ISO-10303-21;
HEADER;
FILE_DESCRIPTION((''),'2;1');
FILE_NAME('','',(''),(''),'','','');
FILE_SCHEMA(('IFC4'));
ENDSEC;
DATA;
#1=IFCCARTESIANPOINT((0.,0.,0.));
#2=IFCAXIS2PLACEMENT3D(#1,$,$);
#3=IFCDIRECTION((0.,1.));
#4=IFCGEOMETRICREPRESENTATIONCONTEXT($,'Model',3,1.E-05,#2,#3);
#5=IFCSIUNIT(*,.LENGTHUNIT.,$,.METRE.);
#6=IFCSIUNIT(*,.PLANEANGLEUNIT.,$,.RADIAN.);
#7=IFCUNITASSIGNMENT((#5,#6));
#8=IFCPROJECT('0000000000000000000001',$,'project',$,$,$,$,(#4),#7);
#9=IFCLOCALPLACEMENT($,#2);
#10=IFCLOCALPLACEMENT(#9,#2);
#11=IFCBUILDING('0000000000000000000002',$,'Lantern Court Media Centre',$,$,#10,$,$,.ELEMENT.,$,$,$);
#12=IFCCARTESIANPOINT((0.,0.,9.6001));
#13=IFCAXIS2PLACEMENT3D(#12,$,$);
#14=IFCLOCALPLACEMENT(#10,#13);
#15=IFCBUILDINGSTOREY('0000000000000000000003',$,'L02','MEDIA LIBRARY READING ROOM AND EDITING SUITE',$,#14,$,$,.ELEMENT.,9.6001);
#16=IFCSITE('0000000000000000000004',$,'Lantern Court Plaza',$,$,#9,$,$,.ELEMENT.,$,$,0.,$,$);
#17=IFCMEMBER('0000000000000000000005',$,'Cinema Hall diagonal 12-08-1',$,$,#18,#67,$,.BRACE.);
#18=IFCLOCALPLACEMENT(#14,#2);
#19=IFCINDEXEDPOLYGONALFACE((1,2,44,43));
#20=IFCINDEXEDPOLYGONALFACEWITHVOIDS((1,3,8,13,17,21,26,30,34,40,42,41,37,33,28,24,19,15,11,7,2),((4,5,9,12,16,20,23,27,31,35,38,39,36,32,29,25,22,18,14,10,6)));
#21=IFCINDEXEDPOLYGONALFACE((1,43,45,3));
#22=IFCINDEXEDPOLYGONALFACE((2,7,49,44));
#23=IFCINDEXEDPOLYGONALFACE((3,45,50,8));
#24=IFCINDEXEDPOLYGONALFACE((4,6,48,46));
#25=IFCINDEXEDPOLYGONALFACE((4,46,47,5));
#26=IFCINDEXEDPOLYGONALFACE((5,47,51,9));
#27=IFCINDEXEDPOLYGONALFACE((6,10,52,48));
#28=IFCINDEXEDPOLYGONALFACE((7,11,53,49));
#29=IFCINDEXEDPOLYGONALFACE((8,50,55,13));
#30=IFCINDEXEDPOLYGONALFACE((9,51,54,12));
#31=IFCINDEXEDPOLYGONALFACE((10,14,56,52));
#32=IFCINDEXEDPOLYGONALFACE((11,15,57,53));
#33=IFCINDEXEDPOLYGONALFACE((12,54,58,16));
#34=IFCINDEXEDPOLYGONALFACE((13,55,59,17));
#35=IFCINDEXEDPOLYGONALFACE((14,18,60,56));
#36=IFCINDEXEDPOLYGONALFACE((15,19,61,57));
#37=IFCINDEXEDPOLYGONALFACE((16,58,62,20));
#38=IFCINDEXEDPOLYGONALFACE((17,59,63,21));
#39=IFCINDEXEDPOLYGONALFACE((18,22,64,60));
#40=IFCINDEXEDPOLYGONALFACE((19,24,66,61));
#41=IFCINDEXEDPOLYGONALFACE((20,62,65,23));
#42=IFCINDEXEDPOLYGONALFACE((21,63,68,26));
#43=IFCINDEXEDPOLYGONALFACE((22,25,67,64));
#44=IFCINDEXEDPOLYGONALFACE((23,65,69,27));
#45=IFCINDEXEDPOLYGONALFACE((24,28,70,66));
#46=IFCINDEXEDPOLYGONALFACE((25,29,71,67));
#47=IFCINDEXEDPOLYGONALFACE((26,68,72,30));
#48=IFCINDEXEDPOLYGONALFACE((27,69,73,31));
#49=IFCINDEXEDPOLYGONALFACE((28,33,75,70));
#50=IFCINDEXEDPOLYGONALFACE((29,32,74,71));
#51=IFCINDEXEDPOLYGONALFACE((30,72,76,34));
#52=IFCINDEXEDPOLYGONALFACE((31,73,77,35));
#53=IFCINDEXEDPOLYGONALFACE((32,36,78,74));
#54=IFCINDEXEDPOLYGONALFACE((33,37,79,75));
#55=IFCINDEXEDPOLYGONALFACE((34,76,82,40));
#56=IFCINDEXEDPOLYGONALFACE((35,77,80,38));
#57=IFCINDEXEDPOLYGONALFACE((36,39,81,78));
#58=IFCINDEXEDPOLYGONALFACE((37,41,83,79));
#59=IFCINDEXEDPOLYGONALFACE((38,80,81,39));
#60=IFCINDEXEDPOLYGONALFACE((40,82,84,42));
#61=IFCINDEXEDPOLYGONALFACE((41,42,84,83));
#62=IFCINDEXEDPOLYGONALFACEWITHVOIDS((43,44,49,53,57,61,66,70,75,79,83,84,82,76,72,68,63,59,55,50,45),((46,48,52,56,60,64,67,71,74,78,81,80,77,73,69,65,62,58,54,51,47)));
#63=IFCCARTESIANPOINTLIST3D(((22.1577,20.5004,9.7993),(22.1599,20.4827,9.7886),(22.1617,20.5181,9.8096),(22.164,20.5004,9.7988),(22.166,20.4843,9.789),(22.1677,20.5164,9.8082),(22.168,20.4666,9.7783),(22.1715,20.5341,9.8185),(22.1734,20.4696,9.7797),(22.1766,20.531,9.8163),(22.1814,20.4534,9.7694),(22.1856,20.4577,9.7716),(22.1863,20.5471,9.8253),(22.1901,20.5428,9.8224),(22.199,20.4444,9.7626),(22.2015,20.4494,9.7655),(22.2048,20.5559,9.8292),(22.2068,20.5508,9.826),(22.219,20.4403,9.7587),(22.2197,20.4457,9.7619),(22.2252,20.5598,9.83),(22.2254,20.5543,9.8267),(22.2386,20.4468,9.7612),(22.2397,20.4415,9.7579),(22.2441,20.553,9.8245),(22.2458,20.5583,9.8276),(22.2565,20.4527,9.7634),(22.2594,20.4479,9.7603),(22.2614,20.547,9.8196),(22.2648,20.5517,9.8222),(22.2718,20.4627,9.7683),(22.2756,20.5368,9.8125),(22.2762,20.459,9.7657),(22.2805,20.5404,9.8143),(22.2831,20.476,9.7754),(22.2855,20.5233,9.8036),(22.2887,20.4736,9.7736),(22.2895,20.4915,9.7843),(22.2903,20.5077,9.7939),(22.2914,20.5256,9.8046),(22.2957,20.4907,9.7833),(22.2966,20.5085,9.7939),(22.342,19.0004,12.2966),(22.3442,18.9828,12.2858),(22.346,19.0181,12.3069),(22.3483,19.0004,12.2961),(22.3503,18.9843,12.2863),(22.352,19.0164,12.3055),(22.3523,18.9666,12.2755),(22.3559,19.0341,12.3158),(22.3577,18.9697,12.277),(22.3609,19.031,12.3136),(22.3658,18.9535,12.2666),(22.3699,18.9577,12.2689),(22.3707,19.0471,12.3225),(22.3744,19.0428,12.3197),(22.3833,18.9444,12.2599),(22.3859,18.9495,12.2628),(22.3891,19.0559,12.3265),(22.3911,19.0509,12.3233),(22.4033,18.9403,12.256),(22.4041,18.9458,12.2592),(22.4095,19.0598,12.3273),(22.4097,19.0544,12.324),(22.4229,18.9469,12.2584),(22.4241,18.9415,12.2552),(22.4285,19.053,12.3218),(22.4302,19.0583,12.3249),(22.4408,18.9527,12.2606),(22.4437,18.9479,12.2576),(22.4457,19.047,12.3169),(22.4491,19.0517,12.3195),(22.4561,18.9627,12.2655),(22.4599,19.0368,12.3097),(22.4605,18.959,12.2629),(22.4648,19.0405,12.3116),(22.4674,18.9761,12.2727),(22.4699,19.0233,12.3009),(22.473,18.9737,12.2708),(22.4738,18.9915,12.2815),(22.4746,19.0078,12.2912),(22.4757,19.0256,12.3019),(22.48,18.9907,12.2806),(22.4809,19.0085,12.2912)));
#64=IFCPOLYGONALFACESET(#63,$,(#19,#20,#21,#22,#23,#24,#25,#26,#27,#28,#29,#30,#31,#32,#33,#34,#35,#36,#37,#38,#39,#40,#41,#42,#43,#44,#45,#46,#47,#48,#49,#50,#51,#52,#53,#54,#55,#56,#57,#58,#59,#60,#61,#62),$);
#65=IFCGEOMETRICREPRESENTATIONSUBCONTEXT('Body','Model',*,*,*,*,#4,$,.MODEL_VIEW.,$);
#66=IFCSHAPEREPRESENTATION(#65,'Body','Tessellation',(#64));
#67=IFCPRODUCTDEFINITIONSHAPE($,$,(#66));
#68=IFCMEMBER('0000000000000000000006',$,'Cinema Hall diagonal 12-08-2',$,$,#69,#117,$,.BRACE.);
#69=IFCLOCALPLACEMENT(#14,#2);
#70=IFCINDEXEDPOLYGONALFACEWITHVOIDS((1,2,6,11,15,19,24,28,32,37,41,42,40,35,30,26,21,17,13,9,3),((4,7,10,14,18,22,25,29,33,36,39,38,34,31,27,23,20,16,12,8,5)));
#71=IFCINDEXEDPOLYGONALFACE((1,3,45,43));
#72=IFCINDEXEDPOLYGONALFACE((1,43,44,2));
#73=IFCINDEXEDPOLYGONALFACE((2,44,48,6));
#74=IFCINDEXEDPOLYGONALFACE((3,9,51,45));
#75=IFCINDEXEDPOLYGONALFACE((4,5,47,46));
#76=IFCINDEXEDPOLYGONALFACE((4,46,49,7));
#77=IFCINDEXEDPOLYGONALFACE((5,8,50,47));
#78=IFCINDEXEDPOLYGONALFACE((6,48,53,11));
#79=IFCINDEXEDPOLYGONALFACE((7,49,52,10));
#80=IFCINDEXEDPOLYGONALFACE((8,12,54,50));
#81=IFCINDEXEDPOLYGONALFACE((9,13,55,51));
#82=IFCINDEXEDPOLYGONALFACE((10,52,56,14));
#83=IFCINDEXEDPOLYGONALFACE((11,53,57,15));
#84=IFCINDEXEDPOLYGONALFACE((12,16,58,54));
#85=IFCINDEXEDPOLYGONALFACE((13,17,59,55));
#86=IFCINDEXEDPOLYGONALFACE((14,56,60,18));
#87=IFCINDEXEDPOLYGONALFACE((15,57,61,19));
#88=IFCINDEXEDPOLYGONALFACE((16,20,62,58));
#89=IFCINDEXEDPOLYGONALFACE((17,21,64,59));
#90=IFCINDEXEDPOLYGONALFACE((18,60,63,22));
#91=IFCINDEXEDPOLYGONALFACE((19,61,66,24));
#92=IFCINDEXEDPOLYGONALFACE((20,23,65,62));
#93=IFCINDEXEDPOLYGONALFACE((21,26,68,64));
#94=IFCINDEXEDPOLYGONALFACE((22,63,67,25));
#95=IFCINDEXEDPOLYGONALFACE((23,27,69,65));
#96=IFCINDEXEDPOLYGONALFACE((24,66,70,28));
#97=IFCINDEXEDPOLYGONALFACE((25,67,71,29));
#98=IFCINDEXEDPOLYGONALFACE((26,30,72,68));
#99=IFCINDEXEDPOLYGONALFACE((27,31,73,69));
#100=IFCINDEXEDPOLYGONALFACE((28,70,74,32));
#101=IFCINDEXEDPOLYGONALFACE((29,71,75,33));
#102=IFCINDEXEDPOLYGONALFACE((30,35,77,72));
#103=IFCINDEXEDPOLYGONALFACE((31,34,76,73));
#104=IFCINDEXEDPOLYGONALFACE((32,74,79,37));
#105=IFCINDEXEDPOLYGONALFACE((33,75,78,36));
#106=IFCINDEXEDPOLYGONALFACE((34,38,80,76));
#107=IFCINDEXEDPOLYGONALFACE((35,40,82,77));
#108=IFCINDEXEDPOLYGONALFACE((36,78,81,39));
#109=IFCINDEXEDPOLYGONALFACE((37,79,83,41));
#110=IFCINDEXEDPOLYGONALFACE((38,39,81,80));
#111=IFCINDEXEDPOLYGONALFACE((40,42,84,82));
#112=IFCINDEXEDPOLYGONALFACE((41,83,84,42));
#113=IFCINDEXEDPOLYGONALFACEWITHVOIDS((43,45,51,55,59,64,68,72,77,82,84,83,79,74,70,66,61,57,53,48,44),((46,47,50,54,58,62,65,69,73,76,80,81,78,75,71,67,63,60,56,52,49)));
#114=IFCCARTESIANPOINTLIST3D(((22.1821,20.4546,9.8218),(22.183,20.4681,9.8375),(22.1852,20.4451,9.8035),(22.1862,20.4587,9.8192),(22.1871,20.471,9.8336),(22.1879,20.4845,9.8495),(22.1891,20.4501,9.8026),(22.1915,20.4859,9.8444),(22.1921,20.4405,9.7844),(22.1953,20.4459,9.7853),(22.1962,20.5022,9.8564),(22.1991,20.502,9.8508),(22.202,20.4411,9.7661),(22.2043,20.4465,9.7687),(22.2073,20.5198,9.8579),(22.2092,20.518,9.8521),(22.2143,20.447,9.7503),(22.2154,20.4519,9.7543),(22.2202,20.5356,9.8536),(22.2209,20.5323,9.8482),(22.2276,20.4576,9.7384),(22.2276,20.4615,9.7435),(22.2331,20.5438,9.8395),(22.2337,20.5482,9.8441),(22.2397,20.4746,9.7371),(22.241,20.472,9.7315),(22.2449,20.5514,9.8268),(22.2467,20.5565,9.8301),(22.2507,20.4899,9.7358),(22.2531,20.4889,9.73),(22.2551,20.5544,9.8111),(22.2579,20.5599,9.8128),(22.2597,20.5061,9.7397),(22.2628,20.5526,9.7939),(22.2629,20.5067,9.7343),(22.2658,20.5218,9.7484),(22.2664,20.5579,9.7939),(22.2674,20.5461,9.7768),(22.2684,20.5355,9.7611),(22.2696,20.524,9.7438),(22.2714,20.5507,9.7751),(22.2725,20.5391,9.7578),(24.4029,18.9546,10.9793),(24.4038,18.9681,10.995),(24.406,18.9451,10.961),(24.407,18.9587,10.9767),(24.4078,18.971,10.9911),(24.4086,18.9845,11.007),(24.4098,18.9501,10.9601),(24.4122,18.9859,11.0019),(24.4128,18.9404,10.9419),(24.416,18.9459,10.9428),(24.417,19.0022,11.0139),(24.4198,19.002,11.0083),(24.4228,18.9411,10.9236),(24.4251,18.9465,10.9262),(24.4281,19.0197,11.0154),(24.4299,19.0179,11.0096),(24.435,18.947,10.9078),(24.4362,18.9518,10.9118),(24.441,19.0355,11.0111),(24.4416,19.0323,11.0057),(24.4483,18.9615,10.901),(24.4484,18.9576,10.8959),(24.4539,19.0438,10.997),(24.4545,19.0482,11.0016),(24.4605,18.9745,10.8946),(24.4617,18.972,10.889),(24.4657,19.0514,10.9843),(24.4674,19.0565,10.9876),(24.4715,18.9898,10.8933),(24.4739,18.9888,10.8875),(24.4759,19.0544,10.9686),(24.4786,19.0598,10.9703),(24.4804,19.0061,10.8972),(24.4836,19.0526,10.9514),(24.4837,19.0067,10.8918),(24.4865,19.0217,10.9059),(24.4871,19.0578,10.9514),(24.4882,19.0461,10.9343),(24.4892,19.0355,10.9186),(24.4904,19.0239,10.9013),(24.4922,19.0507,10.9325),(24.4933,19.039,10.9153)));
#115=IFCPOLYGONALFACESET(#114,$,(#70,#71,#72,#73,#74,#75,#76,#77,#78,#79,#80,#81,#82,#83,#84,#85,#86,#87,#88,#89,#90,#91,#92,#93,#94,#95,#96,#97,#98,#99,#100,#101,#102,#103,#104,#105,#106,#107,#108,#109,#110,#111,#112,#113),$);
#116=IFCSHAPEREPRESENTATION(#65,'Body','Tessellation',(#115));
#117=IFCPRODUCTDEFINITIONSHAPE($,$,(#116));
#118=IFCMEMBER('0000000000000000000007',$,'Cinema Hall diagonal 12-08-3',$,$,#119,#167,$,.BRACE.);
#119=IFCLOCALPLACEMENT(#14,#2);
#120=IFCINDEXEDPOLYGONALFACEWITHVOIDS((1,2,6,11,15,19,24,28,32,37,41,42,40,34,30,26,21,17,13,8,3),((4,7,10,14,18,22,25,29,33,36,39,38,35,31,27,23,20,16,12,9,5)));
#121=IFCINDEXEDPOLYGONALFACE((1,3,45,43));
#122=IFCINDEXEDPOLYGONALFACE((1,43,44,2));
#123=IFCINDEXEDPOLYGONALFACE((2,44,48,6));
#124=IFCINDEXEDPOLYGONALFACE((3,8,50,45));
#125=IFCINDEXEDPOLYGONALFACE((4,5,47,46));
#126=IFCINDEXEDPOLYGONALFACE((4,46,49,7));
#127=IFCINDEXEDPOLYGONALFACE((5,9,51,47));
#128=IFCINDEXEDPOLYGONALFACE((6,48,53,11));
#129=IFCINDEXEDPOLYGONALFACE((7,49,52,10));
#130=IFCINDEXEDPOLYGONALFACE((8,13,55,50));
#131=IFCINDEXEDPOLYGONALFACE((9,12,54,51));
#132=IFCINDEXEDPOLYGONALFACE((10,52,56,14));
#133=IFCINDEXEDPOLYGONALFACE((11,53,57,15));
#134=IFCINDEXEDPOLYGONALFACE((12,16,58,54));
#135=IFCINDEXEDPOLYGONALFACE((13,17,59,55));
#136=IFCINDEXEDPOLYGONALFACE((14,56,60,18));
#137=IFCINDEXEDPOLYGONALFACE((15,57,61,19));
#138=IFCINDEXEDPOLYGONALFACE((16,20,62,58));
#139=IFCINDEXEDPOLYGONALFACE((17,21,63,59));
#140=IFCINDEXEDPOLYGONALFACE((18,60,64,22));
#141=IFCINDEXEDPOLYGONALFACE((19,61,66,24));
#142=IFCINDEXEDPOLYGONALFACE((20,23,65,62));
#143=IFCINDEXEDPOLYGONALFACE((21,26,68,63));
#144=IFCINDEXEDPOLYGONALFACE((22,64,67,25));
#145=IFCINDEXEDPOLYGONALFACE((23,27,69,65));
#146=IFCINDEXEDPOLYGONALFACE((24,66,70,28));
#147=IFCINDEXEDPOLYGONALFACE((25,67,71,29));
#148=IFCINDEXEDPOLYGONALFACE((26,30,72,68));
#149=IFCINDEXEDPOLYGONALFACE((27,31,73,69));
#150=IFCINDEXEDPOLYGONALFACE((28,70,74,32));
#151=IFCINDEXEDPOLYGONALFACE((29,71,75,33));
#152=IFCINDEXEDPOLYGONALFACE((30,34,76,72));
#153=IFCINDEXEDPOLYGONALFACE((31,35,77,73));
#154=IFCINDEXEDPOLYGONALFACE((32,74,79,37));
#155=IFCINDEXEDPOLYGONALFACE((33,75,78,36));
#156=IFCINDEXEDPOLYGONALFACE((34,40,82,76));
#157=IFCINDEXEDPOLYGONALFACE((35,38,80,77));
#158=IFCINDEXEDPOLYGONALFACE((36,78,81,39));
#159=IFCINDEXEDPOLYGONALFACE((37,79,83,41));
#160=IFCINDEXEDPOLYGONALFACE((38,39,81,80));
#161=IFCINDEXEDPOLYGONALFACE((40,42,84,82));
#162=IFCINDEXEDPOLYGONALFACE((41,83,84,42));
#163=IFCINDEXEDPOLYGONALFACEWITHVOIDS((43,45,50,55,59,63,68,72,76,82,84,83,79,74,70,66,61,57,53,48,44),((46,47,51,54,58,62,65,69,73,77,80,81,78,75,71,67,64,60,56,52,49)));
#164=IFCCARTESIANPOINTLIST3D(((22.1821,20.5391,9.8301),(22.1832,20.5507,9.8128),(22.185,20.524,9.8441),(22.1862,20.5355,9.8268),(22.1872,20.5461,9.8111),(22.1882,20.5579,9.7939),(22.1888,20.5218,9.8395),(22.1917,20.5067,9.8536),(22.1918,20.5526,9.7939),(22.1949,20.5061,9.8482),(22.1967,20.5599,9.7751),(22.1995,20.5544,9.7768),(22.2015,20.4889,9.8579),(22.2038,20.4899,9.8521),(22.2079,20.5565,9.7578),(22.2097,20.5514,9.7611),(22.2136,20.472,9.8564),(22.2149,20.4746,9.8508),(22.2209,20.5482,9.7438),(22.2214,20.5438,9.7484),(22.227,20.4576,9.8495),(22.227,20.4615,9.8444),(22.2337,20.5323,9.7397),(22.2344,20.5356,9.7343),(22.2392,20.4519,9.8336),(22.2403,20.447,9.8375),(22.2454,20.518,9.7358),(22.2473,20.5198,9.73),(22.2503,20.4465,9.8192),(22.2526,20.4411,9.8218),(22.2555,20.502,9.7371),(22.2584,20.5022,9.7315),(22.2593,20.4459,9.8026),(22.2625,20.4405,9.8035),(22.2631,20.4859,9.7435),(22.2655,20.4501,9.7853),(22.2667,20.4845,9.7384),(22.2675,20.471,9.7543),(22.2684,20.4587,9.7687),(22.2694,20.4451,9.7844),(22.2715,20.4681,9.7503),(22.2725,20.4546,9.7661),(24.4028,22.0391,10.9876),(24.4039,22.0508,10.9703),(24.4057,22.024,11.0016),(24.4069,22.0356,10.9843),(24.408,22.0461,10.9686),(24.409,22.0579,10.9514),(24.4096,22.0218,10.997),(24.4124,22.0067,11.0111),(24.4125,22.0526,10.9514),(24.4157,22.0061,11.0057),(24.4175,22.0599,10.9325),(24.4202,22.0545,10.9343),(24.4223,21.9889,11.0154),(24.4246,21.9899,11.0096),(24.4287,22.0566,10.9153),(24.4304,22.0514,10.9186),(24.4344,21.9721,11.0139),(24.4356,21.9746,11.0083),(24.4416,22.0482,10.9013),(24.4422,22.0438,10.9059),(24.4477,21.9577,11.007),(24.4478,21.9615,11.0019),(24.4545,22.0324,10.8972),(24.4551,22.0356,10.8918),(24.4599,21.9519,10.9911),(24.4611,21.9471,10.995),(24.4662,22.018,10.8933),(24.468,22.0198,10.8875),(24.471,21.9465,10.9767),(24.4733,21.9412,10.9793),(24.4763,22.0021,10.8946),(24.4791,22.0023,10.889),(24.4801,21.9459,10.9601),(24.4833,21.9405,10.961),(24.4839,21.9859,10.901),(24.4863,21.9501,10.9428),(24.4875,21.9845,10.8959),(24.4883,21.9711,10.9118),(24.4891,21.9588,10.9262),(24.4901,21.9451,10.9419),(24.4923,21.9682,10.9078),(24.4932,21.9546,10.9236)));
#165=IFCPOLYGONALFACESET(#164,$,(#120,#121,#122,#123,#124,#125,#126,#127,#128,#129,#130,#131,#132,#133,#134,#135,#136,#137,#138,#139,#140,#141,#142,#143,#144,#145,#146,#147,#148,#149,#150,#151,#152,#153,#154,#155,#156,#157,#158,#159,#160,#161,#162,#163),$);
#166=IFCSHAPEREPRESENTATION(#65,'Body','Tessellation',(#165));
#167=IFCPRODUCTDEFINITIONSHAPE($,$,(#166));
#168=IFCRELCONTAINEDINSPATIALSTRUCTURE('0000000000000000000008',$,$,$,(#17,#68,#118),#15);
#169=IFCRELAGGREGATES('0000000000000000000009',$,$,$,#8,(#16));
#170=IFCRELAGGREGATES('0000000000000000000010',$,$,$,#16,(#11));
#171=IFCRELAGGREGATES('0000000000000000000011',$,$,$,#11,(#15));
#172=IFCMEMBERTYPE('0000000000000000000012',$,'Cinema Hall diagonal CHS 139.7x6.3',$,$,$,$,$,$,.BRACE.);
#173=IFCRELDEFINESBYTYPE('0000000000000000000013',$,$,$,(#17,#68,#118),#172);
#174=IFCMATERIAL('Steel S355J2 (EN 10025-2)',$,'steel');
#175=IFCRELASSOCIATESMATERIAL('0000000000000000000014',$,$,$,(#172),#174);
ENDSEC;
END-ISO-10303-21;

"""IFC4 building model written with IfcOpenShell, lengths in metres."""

from ifc_helpers import new_model, si_unit, direction, frame, origin, origin_2d, place, context, subcontext, project, spatial, hollow_circle, extrude, material, material_profile, profile_set, type_object, element, save


model = new_model("IFC4")

# Units and contexts
model_context = context("Model", 3, precision=1e-05, world=origin(), true_north=direction((0.0, 1.0)))
body_context = subcontext(model_context, "Body", "Model", "MODEL_VIEW")
ifc_project = project(units=[si_unit("LENGTHUNIT", "METRE"), si_unit("PLANEANGLEUNIT", "RADIAN")], contexts=[model_context])

# Site, building, storey
site_placement = place(None, origin())
site = spatial("IfcSite", under=ifc_project, at=site_placement, Name="Lantern Court Plaza", CompositionType="ELEMENT", RefElevation=0.0)
building_placement = place(site_placement, origin())
building = spatial("IfcBuilding", under=site, at=building_placement, Name="Lantern Court Media Centre", CompositionType="ELEMENT")
storey_placement = place(building_placement, frame((0.0, 0.0, 9.6001)))
storey = spatial("IfcBuildingStorey", under=building, at=storey_placement, Name="L02", Description="MEDIA LIBRARY READING ROOM AND EDITING SUITE", CompositionType="ELEMENT", Elevation=9.6001)

# Members
ifc_material = material(Name="Steel S355J2 (EN 10025-2)", Category="steel")
ifc_material_profile_1 = material_profile(ifc_material, hollow_circle(Radius=0.0698, WallThickness=0.0063, at=origin_2d()), Name="Cinema Hall diagonal CHS 139.7x6.3")
ifc_profile_set_1 = profile_set([ifc_material_profile_1], Name="Steel S355J2 (EN 10025-2)")
member_type_1 = type_object("IfcMemberType", Name="Cinema Hall diagonal CHS 139.7x6.3", PredefinedType="BRACE", material=ifc_profile_set_1)
member_1_placement = place(storey_placement, frame((22.2273, 20.5, 9.7939), z_axis=(0.063147, -0.513875, 0.855538), x_axis=(0.992534, 0.121967, 0.0)))
element("IfcMember", 1, at=member_1_placement, inside=storey, type_object=member_type_1, Name="Cinema Hall diagonal 12-08-1", PredefinedType="BRACE", context=body_context, shape_type="SweptSolid", body=[
    extrude(hollow_circle(Radius=0.0698, WallThickness=0.0063, at=origin_2d()), origin(), (0.0, 0.0, 1.0), 2.9189),
])
for number, where, z_axis, x_axis, name in (
    (2, (22.2273, 20.5, 9.7939), (0.760744, -0.513854, 0.396514), (0.559736, 0.828671, 0.0), "Cinema Hall diagonal 12-08-2"),
    (3, (22.2273, 20.5, 9.7939), (0.760744, 0.513854, 0.396514), (-0.559736, 0.828671, 0.0), "Cinema Hall diagonal 12-08-3"),
):
    element("IfcMember", number, at=place(storey_placement, frame(where, z_axis=z_axis, x_axis=x_axis)), inside=storey, type_object=member_type_1, Name=name, PredefinedType="BRACE", context=body_context, shape_type="SweptSolid", body=[
        extrude(hollow_circle(Radius=0.0698, WallThickness=0.0063, at=origin_2d()), origin(), (0.0, 0.0, 1.0), 2.9192),
    ])

save(model, "model.ifc")
